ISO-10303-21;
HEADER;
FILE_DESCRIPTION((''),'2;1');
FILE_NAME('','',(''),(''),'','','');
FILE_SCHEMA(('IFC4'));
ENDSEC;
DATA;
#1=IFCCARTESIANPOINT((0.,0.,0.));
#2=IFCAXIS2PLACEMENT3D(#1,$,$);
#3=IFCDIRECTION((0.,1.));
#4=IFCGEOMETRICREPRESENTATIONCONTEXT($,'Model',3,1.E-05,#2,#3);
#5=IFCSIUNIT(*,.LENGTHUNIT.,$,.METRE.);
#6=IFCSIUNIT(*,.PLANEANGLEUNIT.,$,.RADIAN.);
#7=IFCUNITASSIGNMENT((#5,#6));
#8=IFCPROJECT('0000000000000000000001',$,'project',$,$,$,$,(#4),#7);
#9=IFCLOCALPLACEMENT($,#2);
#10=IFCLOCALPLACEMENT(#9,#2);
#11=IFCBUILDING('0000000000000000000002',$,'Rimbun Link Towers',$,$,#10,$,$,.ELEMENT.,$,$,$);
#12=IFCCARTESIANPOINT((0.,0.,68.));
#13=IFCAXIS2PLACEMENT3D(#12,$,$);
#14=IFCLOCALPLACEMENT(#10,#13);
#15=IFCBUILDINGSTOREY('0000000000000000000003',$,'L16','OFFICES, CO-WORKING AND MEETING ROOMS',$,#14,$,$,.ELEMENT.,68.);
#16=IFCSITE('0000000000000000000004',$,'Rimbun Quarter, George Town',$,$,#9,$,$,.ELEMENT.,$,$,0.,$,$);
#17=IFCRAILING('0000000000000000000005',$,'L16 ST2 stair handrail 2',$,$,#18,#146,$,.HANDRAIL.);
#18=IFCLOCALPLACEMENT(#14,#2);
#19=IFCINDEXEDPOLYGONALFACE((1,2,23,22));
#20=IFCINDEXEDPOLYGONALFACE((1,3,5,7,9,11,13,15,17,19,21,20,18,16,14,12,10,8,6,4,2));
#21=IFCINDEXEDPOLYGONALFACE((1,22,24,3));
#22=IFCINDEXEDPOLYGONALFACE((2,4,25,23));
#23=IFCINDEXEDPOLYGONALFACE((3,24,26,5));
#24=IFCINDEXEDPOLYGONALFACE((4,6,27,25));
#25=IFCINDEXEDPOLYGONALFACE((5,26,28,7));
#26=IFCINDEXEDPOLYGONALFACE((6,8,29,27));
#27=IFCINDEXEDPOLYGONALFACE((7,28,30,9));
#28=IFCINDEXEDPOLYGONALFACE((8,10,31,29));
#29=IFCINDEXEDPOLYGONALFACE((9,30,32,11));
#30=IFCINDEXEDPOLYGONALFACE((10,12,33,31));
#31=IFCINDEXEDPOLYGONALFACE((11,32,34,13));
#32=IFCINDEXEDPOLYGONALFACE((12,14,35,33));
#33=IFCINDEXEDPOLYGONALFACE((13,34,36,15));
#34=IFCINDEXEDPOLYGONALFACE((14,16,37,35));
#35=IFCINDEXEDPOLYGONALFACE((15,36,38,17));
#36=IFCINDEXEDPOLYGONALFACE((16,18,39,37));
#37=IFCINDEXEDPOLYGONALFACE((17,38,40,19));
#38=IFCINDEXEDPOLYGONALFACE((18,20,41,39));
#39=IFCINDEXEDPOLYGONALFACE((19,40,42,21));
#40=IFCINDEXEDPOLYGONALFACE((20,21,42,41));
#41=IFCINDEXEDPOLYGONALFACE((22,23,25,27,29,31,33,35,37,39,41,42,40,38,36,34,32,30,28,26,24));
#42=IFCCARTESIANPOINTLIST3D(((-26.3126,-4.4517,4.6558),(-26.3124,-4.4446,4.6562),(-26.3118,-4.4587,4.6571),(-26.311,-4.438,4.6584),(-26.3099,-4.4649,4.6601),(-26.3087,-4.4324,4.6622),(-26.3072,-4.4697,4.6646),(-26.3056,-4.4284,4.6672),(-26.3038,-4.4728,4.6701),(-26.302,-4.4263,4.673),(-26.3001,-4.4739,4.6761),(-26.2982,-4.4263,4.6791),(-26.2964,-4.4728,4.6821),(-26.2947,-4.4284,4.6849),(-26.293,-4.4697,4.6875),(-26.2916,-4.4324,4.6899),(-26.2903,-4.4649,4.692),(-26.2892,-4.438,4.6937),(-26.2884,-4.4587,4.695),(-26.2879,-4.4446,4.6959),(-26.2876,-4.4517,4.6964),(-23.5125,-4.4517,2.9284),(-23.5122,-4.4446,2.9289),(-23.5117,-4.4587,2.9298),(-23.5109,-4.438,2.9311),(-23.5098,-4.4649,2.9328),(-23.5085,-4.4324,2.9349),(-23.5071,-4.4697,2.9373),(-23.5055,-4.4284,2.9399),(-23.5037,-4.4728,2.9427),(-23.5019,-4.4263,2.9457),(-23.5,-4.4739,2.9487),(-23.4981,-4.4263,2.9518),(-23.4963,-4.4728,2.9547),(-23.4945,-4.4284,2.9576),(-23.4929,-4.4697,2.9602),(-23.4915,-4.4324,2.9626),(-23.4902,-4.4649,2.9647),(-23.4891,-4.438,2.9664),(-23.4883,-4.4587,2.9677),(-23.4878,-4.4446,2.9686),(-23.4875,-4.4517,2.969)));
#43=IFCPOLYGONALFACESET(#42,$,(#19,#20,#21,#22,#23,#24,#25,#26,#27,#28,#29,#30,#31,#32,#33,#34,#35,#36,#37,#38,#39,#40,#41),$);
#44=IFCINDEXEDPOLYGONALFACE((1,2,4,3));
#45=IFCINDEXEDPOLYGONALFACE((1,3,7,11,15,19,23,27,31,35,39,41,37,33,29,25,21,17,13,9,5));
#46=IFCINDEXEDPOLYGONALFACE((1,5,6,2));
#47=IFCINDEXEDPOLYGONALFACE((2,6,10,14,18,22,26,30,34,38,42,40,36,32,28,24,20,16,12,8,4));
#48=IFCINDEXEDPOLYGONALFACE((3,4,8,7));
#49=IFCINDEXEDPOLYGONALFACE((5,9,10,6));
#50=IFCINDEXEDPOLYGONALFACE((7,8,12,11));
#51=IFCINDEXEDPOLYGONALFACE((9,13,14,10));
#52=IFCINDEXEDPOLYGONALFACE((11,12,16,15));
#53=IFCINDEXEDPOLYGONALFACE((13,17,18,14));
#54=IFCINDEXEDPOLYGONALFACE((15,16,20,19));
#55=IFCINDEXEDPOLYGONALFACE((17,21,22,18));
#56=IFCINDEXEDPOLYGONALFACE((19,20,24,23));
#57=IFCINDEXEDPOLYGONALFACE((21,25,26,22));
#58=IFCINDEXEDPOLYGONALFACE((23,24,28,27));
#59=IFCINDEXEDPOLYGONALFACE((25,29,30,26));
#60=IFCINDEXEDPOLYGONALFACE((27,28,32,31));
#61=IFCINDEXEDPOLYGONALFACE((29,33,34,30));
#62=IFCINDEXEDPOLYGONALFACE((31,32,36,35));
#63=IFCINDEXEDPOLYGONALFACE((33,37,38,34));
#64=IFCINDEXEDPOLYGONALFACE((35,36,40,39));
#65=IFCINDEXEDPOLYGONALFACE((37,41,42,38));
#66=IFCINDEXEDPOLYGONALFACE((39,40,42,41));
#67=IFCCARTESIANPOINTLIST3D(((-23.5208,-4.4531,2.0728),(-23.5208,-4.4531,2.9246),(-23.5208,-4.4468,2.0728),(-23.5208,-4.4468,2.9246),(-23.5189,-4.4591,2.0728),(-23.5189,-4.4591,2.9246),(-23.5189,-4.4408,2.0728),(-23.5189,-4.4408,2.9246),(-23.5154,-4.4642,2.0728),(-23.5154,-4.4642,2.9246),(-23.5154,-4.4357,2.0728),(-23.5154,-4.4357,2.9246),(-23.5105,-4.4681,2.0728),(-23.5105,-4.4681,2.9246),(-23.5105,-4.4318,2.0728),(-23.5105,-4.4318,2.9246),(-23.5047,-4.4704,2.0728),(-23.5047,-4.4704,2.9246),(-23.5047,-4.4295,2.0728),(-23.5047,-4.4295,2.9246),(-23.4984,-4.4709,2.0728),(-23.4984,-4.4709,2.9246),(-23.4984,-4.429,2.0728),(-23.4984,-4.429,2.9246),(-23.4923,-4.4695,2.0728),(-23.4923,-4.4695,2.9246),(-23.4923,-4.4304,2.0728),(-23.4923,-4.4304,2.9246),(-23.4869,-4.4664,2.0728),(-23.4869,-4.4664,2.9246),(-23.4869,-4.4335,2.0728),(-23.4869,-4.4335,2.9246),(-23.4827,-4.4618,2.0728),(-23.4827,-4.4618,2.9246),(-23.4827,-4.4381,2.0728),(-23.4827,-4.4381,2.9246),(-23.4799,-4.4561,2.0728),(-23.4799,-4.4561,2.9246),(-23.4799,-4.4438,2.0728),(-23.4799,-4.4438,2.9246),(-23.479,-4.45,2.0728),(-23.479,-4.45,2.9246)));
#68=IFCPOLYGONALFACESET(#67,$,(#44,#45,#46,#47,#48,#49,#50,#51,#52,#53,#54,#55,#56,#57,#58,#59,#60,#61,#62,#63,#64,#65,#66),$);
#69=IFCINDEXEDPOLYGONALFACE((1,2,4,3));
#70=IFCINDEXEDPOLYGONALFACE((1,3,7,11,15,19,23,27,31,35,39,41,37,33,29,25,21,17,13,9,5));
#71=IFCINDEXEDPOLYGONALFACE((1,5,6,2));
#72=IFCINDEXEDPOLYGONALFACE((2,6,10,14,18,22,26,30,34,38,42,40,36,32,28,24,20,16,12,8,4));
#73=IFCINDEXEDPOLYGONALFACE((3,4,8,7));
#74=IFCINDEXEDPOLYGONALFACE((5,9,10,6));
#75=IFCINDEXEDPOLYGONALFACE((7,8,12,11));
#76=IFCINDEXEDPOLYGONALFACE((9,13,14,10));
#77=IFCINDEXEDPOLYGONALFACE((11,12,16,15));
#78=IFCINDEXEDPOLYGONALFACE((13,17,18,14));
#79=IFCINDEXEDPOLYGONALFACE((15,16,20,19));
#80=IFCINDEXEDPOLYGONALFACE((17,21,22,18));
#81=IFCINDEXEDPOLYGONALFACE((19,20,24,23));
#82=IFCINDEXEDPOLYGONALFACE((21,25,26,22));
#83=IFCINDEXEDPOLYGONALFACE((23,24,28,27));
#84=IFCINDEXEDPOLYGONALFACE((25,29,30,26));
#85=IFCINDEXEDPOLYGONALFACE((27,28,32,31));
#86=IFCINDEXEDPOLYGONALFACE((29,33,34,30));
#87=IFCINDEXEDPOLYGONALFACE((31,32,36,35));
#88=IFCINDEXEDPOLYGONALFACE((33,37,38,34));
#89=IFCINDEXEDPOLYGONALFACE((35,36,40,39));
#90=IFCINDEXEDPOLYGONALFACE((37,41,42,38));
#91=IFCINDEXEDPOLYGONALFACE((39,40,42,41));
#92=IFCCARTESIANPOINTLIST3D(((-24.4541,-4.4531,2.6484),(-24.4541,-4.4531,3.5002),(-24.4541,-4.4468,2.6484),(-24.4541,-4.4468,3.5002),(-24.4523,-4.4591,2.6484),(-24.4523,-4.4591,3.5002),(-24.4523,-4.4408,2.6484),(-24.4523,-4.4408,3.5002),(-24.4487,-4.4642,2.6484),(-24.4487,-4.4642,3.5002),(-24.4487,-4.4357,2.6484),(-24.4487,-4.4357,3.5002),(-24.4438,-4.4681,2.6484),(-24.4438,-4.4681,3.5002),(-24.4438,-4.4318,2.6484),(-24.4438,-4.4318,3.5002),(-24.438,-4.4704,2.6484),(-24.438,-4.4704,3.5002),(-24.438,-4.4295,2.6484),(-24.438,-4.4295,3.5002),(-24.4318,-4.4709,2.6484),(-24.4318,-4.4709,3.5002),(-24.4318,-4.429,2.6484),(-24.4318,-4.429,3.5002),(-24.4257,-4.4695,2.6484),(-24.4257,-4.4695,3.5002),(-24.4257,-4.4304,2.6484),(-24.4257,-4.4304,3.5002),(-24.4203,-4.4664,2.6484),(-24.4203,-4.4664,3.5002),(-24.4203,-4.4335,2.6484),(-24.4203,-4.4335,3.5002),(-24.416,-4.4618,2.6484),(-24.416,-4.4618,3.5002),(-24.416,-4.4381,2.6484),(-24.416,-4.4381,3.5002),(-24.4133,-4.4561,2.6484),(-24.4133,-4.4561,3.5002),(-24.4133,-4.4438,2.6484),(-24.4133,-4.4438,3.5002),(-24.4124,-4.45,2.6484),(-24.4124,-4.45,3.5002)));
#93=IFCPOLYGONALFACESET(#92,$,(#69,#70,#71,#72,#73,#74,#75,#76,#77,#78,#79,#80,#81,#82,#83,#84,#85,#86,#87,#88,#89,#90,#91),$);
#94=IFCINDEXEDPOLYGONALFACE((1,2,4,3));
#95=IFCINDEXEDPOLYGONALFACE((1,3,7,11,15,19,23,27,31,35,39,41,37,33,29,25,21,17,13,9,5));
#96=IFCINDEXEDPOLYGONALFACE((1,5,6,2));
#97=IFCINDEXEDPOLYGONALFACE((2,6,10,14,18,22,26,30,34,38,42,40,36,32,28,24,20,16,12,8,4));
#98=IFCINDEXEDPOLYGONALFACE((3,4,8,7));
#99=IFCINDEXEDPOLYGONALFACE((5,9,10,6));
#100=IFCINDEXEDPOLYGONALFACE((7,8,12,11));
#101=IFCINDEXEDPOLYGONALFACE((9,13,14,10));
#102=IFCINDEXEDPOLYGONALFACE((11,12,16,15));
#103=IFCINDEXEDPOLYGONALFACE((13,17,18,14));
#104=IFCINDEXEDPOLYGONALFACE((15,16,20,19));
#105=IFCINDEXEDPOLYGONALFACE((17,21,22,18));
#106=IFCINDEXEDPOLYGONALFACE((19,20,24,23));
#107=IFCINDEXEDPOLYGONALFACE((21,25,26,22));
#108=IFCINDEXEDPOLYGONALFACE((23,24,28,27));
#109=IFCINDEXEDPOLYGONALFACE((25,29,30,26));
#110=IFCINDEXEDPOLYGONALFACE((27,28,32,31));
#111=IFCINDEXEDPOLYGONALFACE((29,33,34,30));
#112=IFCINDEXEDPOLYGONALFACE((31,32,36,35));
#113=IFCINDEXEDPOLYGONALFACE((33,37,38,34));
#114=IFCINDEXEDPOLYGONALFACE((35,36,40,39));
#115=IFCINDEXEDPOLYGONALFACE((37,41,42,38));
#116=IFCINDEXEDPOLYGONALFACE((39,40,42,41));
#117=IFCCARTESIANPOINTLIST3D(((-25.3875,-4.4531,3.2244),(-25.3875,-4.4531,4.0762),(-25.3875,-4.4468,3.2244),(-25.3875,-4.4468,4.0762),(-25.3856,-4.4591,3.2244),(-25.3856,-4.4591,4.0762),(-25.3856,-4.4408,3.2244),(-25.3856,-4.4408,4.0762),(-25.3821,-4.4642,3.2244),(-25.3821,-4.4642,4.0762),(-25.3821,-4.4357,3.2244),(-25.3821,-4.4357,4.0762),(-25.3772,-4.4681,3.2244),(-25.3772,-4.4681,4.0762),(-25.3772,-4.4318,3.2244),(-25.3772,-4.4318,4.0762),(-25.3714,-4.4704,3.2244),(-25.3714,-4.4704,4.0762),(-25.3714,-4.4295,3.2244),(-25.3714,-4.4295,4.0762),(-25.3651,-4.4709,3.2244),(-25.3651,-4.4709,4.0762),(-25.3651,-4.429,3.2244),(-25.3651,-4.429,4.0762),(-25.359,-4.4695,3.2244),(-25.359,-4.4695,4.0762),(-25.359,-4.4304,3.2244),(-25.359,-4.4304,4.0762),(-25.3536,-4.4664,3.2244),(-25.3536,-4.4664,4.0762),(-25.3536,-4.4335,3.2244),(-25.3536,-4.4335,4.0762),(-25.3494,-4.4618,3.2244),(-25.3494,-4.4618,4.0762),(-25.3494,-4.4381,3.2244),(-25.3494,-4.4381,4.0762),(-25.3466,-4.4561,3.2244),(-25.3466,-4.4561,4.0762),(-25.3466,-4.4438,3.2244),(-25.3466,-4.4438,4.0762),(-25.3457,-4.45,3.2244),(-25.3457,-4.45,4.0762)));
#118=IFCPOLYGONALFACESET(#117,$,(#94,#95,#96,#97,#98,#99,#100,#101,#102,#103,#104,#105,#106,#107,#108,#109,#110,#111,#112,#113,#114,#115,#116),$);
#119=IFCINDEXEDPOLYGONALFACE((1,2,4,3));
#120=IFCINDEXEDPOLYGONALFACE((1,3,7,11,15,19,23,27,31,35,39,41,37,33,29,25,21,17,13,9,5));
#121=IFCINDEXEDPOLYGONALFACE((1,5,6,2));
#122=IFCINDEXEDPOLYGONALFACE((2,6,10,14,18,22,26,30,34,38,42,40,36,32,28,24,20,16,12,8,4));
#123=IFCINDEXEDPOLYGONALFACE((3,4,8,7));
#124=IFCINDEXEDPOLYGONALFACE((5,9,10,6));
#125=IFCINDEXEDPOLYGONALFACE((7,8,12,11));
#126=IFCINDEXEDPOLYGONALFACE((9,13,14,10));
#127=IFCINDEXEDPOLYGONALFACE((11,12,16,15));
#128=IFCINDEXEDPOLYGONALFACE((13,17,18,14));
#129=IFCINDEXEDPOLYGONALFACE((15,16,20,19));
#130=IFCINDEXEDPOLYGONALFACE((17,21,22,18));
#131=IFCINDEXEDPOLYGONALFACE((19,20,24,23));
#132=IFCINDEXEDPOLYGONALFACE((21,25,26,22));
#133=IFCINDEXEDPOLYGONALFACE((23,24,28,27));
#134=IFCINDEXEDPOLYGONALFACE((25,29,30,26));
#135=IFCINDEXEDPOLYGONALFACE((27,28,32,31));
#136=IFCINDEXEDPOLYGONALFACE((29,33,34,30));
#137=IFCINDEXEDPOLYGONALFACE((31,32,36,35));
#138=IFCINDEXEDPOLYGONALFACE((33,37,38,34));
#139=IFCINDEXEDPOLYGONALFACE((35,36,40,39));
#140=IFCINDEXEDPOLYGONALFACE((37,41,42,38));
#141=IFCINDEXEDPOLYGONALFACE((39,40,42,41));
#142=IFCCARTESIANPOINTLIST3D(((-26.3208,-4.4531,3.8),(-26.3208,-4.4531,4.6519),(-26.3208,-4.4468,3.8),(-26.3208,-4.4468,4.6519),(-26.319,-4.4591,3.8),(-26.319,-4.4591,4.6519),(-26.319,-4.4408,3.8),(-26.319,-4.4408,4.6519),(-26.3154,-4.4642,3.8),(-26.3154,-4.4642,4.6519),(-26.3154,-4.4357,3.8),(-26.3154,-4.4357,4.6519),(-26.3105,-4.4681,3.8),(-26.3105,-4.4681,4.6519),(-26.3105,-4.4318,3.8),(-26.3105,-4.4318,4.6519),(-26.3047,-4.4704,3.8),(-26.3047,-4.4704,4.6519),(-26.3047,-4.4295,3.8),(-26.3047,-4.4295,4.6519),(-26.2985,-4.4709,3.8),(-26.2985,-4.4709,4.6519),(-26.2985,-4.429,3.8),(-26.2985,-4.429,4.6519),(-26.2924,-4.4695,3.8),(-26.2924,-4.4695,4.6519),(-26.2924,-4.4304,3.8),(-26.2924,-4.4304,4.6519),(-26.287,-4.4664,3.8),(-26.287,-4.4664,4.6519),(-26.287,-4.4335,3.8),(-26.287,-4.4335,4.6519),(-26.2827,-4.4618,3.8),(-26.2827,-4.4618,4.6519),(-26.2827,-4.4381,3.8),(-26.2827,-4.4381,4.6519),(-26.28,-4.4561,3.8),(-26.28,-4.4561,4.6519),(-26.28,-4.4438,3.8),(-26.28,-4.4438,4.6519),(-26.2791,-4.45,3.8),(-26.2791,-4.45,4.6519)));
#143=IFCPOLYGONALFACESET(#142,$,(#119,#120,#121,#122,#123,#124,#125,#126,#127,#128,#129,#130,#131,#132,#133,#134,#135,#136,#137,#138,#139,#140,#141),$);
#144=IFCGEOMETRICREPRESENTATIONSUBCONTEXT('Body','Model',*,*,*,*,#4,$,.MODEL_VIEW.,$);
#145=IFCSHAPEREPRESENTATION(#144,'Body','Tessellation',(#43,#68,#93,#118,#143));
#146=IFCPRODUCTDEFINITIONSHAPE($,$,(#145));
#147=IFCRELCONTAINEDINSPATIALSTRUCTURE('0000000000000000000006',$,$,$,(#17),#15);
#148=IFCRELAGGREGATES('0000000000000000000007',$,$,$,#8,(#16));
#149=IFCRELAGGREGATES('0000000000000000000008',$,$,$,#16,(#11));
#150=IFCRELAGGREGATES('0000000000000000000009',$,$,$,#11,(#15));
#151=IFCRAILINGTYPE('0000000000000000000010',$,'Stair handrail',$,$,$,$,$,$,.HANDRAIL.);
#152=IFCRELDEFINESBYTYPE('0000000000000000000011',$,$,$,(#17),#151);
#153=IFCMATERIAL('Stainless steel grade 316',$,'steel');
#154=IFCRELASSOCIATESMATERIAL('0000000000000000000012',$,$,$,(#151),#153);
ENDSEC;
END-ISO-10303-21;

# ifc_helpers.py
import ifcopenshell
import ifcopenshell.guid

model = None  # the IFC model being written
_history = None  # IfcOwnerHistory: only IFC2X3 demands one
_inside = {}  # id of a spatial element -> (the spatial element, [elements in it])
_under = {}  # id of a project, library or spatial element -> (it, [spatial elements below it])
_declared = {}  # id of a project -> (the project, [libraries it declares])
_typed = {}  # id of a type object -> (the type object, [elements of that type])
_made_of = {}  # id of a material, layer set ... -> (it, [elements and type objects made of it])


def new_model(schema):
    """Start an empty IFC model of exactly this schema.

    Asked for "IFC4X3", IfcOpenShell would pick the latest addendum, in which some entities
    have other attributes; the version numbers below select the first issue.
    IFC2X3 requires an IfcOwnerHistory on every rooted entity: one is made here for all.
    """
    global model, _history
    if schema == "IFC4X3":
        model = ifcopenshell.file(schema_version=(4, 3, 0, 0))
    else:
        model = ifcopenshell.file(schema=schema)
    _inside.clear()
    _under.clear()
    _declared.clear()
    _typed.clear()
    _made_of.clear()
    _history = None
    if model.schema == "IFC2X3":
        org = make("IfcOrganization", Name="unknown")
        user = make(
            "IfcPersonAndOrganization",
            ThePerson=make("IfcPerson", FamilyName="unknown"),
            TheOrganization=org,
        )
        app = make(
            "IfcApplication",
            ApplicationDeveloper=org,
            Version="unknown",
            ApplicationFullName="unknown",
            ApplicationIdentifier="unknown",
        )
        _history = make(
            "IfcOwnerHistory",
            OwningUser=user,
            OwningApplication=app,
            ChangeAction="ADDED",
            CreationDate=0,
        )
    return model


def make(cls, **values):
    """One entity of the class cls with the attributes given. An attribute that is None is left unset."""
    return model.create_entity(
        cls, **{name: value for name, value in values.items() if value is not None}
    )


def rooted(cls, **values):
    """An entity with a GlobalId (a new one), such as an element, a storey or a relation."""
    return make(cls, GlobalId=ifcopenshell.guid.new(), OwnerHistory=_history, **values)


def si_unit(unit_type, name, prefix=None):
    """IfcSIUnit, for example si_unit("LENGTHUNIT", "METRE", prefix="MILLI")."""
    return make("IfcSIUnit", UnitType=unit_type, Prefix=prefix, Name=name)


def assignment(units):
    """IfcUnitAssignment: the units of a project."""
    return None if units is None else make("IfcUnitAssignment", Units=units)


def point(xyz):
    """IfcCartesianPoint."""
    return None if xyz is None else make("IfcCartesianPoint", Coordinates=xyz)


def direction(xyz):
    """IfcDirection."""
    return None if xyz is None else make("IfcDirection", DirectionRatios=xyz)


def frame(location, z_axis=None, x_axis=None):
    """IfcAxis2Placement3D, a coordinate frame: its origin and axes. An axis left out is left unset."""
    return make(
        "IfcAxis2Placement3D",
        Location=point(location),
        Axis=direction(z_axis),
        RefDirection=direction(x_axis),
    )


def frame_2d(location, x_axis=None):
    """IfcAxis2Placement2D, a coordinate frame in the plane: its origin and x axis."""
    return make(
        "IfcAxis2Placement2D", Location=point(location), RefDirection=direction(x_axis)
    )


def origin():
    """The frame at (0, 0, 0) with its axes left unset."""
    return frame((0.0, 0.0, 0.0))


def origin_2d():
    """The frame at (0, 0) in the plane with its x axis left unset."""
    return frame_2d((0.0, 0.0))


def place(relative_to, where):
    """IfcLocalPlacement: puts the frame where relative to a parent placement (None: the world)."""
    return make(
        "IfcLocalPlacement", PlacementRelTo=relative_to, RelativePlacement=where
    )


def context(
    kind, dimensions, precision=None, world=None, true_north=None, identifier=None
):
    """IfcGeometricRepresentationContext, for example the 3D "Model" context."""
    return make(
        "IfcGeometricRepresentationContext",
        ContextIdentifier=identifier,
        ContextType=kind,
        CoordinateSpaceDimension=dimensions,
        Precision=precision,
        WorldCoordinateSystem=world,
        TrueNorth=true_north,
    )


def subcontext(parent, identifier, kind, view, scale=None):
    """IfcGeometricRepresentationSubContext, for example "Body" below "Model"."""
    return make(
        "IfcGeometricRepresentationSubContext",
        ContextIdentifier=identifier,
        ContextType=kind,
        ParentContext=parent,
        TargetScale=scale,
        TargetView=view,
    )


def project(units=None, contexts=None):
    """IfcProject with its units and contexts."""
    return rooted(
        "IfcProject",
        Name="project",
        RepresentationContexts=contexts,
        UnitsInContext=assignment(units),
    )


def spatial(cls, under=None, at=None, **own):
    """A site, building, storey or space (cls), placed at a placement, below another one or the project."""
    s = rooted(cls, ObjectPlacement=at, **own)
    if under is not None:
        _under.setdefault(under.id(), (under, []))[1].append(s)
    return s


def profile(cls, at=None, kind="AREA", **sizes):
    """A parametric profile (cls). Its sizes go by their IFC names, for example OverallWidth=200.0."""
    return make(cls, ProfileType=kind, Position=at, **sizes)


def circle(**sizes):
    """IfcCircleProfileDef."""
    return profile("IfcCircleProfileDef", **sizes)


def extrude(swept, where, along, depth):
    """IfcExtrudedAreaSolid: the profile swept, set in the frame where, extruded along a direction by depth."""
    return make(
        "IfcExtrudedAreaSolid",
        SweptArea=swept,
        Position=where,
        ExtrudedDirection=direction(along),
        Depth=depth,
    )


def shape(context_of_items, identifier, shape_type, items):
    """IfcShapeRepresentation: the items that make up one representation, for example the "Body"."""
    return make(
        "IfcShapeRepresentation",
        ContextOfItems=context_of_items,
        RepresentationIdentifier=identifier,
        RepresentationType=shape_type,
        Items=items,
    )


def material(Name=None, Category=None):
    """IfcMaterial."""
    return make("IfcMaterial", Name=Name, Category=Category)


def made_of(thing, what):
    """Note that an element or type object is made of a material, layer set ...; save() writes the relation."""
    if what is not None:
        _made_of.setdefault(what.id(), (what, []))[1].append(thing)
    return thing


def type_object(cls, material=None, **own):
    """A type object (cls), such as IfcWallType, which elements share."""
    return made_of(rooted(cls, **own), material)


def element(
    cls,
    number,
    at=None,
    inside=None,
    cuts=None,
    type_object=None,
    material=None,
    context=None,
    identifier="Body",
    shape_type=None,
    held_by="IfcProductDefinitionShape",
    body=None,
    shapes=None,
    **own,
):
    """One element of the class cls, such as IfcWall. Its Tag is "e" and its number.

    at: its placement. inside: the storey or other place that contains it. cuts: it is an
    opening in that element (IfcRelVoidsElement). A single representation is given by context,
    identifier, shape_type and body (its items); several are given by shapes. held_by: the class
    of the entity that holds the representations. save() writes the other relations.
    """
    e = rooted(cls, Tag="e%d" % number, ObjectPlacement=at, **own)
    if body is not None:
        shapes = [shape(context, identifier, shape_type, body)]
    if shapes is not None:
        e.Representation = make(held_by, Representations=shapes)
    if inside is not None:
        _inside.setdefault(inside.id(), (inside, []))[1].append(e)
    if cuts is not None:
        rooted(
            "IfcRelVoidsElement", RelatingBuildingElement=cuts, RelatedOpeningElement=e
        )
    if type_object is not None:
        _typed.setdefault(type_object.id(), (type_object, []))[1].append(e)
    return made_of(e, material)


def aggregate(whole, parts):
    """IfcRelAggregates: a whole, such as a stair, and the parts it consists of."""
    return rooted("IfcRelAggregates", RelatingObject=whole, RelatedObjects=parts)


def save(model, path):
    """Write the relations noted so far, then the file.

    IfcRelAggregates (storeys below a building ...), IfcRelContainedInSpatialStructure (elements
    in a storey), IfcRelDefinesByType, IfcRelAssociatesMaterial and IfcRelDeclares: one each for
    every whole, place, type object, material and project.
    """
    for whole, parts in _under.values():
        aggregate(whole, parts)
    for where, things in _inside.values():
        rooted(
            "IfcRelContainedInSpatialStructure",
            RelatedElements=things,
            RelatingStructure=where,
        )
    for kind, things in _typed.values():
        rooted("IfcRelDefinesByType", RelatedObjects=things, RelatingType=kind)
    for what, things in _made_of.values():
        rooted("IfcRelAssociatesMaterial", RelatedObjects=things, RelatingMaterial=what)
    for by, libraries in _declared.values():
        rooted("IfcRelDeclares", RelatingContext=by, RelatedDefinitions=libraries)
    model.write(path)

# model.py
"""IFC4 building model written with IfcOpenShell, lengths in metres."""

from ifc_helpers import new_model, si_unit, direction, frame, origin, origin_2d, place, context, subcontext, project, spatial, circle, extrude, material, type_object, element, save


model = new_model("IFC4")

# Units and contexts
model_context = context("Model", 3, precision=1e-05, world=origin(), true_north=direction((0.0, 1.0)))
body_context = subcontext(model_context, "Body", "Model", "MODEL_VIEW")
ifc_project = project(units=[si_unit("LENGTHUNIT", "METRE"), si_unit("PLANEANGLEUNIT", "RADIAN")], contexts=[model_context])

# Site, building, storey
site_placement = place(None, origin())
site = spatial("IfcSite", under=ifc_project, at=site_placement, Name="Rimbun Quarter, George Town", CompositionType="ELEMENT", RefElevation=0.0)
building_placement = place(site_placement, origin())
building = spatial("IfcBuilding", under=site, at=building_placement, Name="Rimbun Link Towers", CompositionType="ELEMENT")
storey_placement = place(building_placement, frame((0.0, 0.0, 68.0)))
storey = spatial("IfcBuildingStorey", under=building, at=storey_placement, Name="L16", Description="OFFICES, CO-WORKING AND MEETING ROOMS", CompositionType="ELEMENT", Elevation=68.0)

# Railing
ifc_material_1 = material(Name="Stainless steel grade 316", Category="steel")
railing_type_1 = type_object("IfcRailingType", Name="Stair handrail", PredefinedType="HANDRAIL", material=ifc_material_1)
railing_1_placement = place(storey_placement, frame((-23.5, -4.45, 2.0728)))
element("IfcRailing", 1, at=railing_1_placement, inside=storey, type_object=railing_type_1, Name="L16 ST2 stair handrail 2", PredefinedType="HANDRAIL", context=body_context, shape_type="SweptSolid", body=[
    extrude(circle(Radius=0.0239, at=origin_2d()), frame((0.0, 0.0, 0.876), z_axis=(-0.85109, 0.0, 0.52502), x_axis=(0.0, -1.0, 0.0)), (0.0, 0.0, 1.0), 3.29),
    extrude(circle(Radius=0.021, at=origin_2d()), origin(), (0.0, 0.0, 1.0), 0.8518),
    extrude(circle(Radius=0.021, at=origin_2d()), frame((-0.9333, 0.0, 0.5757)), (0.0, 0.0, 1.0), 0.8518),
    extrude(circle(Radius=0.021, at=origin_2d()), frame((-1.8667, 0.0, 1.1516)), (0.0, 0.0, 1.0), 0.8518),
    extrude(circle(Radius=0.021, at=origin_2d()), frame((-2.8, 0.0, 1.7273)), (0.0, 0.0, 1.0), 0.8518),
])

save(model, "model.ifc")
